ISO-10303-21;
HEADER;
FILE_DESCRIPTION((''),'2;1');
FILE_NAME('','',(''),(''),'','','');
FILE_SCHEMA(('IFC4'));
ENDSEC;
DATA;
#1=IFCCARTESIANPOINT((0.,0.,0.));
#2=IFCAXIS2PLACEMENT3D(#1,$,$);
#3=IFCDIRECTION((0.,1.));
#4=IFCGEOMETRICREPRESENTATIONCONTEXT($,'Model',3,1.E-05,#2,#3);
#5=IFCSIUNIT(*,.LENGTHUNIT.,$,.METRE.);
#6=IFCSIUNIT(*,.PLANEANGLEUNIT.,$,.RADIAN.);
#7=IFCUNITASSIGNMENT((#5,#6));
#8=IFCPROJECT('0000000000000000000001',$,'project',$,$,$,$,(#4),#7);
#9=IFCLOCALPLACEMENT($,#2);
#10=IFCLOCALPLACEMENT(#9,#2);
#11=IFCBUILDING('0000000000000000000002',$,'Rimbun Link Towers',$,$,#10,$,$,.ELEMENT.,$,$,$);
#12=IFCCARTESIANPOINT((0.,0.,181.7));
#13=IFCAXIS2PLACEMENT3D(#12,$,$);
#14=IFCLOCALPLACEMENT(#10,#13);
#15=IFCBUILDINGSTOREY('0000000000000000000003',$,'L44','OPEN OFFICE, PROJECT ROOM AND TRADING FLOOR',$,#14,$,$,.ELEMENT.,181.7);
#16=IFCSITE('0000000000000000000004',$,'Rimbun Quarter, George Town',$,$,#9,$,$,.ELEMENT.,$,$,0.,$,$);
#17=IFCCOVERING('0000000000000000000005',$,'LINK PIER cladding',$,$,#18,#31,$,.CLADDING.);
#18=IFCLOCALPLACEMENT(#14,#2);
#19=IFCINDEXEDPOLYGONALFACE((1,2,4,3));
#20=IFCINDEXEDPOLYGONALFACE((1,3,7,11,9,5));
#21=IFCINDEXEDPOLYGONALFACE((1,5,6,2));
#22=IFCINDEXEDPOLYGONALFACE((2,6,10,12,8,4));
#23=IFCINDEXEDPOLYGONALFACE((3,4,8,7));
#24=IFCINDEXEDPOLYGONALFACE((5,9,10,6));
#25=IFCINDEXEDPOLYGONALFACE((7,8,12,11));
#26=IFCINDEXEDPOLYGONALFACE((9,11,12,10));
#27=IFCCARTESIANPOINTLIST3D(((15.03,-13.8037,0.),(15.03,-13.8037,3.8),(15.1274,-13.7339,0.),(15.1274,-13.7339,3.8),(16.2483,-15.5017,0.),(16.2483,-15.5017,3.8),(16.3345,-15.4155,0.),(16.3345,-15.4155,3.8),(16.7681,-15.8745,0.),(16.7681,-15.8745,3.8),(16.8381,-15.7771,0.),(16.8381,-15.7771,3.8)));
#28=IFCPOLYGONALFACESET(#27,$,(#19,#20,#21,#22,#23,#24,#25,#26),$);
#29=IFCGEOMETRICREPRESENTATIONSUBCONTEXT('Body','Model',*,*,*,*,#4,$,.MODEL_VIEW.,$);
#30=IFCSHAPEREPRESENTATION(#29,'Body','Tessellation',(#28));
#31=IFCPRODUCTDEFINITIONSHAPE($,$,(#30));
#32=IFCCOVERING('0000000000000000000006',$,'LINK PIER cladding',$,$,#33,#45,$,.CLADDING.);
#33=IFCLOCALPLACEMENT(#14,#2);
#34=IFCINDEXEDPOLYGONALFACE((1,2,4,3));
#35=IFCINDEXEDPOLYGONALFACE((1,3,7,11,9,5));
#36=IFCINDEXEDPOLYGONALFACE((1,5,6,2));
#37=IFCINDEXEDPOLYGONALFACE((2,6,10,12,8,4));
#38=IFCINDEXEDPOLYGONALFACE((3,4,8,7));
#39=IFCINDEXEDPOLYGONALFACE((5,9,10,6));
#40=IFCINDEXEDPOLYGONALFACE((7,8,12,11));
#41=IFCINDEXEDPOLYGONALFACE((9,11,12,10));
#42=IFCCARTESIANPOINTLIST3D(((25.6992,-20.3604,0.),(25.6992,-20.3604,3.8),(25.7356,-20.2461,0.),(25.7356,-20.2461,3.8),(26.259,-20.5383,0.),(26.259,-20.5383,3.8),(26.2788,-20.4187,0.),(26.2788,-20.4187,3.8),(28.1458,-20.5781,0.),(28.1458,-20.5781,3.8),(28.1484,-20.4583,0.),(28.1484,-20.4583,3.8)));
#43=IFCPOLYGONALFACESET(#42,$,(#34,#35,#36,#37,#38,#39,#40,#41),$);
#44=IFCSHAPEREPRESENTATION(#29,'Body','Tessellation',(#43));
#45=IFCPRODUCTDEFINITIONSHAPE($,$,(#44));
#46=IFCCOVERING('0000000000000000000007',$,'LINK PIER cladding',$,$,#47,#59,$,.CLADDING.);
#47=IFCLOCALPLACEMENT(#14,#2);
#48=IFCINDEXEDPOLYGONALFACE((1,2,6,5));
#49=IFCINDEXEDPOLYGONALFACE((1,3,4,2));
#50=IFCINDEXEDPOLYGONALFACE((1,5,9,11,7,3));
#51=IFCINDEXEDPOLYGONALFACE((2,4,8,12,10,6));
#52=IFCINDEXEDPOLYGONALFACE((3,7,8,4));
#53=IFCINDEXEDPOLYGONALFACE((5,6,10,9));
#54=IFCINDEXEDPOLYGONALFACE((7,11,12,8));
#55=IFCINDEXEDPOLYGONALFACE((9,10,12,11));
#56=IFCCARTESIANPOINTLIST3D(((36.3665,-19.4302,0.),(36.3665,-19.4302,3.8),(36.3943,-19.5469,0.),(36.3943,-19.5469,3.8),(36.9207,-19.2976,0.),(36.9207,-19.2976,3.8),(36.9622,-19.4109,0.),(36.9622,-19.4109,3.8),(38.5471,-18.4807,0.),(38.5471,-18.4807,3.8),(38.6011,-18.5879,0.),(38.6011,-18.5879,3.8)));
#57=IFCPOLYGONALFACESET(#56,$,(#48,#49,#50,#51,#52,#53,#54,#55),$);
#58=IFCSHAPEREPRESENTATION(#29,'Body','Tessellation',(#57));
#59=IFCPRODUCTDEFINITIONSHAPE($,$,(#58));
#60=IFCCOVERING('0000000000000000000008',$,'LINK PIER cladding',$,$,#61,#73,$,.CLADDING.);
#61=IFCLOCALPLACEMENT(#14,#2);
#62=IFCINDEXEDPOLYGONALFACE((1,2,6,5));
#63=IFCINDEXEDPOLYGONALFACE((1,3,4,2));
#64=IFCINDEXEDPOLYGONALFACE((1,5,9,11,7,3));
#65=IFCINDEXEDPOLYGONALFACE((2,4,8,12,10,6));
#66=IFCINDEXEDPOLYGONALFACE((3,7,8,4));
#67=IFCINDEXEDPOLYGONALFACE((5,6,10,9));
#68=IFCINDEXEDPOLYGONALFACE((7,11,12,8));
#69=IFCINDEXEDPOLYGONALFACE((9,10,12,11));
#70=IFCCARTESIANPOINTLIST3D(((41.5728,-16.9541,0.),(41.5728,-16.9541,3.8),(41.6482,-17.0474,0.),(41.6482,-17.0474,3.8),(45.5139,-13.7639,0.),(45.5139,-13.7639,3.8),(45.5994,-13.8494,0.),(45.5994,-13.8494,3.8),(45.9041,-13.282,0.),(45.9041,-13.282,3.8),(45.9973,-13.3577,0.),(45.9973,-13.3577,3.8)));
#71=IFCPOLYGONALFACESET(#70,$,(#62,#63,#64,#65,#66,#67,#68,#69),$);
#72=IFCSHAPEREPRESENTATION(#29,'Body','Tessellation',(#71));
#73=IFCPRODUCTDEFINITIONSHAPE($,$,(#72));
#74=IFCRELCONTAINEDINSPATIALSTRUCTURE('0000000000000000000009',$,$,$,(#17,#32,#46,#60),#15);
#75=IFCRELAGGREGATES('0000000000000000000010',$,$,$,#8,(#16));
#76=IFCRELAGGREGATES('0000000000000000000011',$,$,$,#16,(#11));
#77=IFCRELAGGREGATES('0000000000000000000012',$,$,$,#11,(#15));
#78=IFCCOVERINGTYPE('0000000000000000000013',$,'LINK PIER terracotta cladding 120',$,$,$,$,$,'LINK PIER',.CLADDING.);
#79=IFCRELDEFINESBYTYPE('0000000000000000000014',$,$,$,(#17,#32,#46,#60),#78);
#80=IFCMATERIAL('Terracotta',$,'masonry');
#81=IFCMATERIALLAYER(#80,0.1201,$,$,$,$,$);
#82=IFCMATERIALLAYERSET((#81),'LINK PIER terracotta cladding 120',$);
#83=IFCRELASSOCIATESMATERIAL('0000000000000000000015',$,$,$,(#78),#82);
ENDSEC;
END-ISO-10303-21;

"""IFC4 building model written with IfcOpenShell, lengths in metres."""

from ifc_helpers import new_model, si_unit, direction, frame, origin, place, context, subcontext, project, spatial, polyline, outline, extrude, material, layer, layer_set, type_object, element, save


model = new_model("IFC4")

# Units and contexts
model_context = context("Model", 3, precision=1e-05, world=origin(), true_north=direction((0.0, 1.0)))
body_context = subcontext(model_context, "Body", "Model", "MODEL_VIEW")
ifc_project = project(units=[si_unit("LENGTHUNIT", "METRE"), si_unit("PLANEANGLEUNIT", "RADIAN")], contexts=[model_context])

# Site, building, storey
site_placement = place(None, origin())
site = spatial("IfcSite", under=ifc_project, at=site_placement, Name="Rimbun Quarter, George Town", CompositionType="ELEMENT", RefElevation=0.0)
building_placement = place(site_placement, origin())
building = spatial("IfcBuilding", under=site, at=building_placement, Name="Rimbun Link Towers", CompositionType="ELEMENT")
storey_placement = place(building_placement, frame((0.0, 0.0, 181.7)))
storey = spatial("IfcBuildingStorey", under=building, at=storey_placement, Name="L44", Description="OPEN OFFICE, PROJECT ROOM AND TRADING FLOOR", CompositionType="ELEMENT", Elevation=181.7)

# Coverings
ifc_material_1 = material(Name="Terracotta", Category="masonry")
ifc_layer_1 = layer(ifc_material_1, 0.1201)
ifc_layer_set_1 = layer_set([ifc_layer_1], Name="LINK PIER terracotta cladding 120")
covering_type_1 = type_object("IfcCoveringType", Name="LINK PIER terracotta cladding 120", ElementType="LINK PIER", PredefinedType="CLADDING", material=ifc_layer_set_1)
covering_1_placement = place(storey_placement, origin())
element("IfcCovering", 1, at=covering_1_placement, inside=storey, type_object=covering_type_1, Name="LINK PIER cladding", PredefinedType="CLADDING", context=body_context, shape_type="SweptSolid", body=[
    extrude(outline(polyline([(16.8381, -15.7771), (16.3345, -15.4155), (15.1274, -13.7339), (15.03, -13.8037), (16.2483, -15.5017), (16.7681, -15.8745), (16.8381, -15.7771)])), origin(), (0.0, 0.0, 1.0), 3.8),
])
covering_2_placement = place(storey_placement, origin())
element("IfcCovering", 2, at=covering_2_placement, inside=storey, type_object=covering_type_1, Name="LINK PIER cladding", PredefinedType="CLADDING", context=body_context, shape_type="SweptSolid", body=[
    extrude(outline(polyline([(28.1484, -20.4583), (26.2788, -20.4187), (25.7356, -20.2461), (25.6992, -20.3604), (26.259, -20.5383), (28.1458, -20.5781), (28.1484, -20.4583)])), origin(), (0.0, 0.0, 1.0), 3.8),
])
covering_3_placement = place(storey_placement, origin())
element("IfcCovering", 3, at=covering_3_placement, inside=storey, type_object=covering_type_1, Name="LINK PIER cladding", PredefinedType="CLADDING", context=body_context, shape_type="SweptSolid", body=[
    extrude(outline(polyline([(38.5471, -18.4807), (36.9207, -19.2976), (36.3665, -19.4302), (36.3943, -19.5469), (36.9622, -19.4109), (38.6011, -18.5879), (38.5471, -18.4807)])), origin(), (0.0, 0.0, 1.0), 3.8),
])
covering_4_placement = place(storey_placement, origin())
element("IfcCovering", 4, at=covering_4_placement, inside=storey, type_object=covering_type_1, Name="LINK PIER cladding", PredefinedType="CLADDING", context=body_context, shape_type="SweptSolid", body=[
    extrude(outline(polyline([(45.9041, -13.282), (45.5139, -13.7639), (41.5728, -16.9541), (41.6482, -17.0474), (45.5994, -13.8494), (45.9973, -13.3577), (45.9041, -13.282)])), origin(), (0.0, 0.0, 1.0), 3.8),
])

save(model, "model.ifc")
